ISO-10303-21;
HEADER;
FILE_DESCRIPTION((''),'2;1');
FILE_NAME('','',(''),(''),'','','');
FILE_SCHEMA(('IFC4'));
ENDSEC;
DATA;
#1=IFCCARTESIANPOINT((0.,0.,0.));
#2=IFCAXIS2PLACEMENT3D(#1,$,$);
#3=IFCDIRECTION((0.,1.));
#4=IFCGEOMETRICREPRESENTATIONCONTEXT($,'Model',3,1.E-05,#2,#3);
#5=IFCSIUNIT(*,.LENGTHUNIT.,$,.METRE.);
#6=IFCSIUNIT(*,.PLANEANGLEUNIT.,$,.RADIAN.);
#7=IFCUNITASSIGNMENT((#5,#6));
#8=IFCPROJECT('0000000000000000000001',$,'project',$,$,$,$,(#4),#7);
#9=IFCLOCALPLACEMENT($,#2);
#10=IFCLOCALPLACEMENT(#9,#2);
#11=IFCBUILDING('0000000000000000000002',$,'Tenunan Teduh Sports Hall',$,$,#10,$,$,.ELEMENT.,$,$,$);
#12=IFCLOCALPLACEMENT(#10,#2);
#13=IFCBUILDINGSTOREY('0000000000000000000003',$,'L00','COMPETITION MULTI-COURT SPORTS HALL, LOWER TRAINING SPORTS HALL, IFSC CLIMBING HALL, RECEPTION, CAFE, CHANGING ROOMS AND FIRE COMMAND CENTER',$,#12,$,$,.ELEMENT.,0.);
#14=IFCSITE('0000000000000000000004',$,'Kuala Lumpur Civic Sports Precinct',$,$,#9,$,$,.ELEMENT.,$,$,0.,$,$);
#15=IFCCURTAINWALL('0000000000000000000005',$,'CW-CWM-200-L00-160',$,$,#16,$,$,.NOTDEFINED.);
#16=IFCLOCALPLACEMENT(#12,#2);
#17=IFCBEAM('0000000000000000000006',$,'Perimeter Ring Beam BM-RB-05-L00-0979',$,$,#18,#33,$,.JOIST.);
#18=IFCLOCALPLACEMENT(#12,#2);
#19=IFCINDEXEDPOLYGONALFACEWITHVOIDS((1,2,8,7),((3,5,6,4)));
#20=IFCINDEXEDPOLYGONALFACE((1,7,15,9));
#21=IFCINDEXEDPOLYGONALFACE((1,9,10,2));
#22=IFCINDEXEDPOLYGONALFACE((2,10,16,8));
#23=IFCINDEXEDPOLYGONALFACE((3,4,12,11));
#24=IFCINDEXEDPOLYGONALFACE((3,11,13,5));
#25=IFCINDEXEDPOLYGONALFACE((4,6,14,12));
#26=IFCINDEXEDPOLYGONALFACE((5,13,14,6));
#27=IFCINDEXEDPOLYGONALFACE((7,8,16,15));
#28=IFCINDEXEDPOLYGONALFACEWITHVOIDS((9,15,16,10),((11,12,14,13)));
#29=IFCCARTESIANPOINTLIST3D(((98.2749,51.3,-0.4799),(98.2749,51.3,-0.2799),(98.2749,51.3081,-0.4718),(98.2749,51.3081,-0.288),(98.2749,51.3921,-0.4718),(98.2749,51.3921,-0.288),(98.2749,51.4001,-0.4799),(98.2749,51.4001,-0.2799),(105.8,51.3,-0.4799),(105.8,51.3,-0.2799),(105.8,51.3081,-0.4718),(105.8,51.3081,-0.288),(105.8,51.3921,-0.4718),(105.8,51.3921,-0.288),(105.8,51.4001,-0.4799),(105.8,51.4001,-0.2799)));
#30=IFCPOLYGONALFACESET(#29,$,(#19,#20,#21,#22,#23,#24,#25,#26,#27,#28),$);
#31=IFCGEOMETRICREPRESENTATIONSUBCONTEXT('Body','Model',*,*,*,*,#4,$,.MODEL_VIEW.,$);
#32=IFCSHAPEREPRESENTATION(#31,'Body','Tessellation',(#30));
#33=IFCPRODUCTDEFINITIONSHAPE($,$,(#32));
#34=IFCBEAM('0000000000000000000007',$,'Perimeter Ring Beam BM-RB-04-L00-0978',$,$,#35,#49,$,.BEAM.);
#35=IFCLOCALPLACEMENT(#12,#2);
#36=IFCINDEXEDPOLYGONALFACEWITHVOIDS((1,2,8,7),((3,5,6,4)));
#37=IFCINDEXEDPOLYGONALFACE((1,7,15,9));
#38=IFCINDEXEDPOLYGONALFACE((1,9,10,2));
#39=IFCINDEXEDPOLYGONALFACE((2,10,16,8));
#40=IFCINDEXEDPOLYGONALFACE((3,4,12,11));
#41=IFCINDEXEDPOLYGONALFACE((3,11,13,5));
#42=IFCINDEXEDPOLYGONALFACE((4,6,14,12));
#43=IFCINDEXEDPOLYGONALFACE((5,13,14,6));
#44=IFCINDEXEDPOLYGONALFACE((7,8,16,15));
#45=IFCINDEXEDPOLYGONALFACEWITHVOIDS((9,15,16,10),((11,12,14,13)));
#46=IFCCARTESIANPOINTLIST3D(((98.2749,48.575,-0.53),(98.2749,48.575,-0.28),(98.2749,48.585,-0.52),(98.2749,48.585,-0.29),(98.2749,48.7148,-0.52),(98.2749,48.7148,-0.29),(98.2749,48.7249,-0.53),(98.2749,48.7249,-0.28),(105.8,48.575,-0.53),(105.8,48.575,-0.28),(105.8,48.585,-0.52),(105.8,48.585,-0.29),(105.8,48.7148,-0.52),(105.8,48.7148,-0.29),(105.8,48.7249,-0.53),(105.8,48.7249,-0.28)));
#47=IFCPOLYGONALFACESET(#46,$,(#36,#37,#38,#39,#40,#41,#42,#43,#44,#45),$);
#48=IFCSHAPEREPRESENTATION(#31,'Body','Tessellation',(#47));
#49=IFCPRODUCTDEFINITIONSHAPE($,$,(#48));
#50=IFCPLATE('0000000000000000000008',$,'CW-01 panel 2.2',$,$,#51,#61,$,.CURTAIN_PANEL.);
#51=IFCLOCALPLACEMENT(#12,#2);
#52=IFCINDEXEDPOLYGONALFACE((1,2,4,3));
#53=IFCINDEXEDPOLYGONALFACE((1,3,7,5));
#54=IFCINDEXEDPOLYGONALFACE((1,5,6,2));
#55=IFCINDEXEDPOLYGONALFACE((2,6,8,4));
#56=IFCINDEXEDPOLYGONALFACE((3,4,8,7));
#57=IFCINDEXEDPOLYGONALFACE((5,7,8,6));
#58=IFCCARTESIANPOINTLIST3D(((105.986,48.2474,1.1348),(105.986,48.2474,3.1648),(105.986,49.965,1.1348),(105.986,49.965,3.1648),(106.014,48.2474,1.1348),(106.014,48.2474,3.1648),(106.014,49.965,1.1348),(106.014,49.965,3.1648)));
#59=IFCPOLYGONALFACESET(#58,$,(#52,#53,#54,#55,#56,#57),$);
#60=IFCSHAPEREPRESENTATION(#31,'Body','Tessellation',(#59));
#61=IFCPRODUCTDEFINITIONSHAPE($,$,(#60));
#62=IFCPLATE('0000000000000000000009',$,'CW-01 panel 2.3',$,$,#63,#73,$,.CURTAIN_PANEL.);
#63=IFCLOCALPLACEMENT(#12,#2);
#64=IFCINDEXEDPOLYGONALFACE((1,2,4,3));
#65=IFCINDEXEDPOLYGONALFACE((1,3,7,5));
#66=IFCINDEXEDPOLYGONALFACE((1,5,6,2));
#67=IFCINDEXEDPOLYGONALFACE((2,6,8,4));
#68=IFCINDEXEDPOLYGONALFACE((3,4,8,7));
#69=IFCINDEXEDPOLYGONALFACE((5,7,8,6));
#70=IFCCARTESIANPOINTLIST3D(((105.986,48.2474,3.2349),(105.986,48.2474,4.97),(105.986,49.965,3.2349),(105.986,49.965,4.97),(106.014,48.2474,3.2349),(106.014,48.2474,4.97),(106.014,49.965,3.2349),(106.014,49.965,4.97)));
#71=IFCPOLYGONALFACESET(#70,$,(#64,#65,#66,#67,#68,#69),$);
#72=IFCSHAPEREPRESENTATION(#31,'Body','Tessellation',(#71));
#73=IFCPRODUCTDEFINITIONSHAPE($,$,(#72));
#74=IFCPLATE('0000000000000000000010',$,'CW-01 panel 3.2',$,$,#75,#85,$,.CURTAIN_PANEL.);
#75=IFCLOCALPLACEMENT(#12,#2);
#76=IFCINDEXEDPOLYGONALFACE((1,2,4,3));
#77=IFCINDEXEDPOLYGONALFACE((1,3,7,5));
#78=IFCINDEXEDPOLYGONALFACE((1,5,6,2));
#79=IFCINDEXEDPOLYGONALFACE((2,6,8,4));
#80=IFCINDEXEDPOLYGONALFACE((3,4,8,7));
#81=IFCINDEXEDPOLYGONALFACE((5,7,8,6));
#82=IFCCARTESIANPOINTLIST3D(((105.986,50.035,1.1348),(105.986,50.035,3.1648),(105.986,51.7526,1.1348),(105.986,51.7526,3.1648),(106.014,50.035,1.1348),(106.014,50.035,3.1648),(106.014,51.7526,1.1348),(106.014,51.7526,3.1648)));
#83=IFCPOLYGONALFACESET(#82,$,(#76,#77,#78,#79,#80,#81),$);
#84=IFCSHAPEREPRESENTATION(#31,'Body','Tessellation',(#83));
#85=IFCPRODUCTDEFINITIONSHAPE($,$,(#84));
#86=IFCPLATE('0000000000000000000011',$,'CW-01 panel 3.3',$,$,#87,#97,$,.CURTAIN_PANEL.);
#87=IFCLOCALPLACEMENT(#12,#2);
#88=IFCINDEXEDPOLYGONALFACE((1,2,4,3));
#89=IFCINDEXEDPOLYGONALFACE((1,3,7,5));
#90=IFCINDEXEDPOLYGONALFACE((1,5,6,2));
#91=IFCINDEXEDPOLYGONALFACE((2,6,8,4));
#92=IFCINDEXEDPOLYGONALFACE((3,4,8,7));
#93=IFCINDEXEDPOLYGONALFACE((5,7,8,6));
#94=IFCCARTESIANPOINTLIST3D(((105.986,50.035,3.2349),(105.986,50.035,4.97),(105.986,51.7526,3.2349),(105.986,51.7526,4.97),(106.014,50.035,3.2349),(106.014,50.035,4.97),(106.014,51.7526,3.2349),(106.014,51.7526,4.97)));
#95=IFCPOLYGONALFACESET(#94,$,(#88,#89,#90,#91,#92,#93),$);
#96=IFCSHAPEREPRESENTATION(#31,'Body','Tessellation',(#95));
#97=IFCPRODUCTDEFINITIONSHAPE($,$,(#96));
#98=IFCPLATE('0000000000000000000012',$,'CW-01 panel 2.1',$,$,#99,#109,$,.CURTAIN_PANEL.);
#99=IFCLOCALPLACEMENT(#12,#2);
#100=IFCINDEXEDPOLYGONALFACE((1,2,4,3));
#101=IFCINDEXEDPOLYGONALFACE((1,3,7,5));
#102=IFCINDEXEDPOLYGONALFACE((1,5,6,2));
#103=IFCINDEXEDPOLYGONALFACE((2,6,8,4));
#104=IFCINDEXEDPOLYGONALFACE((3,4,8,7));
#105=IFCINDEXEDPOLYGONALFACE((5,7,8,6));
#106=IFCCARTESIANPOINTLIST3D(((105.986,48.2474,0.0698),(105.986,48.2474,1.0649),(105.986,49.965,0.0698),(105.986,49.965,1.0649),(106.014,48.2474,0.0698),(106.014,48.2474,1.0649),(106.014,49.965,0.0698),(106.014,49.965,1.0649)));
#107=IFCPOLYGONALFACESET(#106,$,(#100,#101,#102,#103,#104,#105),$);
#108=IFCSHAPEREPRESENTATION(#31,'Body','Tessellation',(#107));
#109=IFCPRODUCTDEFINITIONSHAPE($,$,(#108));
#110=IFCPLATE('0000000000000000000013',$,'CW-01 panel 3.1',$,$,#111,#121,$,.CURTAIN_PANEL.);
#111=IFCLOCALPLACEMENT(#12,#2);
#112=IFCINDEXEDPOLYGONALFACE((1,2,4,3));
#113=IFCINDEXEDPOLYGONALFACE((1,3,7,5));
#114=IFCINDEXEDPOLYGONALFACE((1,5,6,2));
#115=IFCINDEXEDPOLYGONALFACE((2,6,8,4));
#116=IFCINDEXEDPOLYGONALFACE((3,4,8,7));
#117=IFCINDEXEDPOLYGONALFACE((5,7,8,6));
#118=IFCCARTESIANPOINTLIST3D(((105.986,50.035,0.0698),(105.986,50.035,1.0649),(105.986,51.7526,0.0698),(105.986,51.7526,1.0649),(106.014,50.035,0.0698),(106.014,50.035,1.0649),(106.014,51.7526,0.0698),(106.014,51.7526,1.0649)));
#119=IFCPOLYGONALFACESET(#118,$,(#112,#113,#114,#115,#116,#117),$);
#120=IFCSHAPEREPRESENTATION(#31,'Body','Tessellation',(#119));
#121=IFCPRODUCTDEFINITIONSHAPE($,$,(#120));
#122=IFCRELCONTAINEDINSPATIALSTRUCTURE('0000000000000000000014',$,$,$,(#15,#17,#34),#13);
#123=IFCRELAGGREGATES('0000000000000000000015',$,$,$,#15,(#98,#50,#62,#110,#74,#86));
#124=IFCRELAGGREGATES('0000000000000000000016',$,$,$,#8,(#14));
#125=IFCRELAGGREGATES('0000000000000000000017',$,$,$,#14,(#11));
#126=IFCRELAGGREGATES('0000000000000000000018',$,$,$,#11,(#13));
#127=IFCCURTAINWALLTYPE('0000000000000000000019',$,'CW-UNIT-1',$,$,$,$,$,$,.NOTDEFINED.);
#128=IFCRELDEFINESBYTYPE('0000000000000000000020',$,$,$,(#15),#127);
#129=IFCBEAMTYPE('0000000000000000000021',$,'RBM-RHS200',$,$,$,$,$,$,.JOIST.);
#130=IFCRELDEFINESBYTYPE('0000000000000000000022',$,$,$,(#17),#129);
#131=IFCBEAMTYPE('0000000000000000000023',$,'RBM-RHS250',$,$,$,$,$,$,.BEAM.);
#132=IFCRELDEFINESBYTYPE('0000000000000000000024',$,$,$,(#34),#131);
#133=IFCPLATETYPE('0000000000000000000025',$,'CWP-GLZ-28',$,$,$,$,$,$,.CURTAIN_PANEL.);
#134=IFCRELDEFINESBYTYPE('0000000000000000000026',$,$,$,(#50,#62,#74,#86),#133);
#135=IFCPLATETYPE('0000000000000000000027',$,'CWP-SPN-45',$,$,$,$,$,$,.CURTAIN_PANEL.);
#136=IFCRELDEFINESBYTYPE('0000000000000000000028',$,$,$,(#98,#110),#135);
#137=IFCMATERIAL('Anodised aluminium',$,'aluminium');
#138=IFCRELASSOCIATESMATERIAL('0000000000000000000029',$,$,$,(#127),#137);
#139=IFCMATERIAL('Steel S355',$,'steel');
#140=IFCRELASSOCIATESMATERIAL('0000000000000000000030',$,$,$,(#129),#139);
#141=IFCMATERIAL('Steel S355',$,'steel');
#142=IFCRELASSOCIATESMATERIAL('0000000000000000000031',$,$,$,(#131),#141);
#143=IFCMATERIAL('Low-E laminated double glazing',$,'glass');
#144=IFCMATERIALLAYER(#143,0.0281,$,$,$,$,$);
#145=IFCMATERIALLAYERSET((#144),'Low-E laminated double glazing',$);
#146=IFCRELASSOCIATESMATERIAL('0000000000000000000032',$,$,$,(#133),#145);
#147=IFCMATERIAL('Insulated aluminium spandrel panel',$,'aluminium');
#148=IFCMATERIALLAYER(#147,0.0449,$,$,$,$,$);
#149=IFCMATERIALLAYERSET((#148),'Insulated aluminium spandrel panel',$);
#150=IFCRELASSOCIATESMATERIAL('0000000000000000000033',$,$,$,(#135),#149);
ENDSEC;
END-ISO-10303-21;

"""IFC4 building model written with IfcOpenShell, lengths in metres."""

from ifc_helpers import new_model, si_unit, direction, frame, origin, origin_2d, place, context, subcontext, project, spatial, rectangle, hollow_rectangle, extrude, material, layer, layer_set, material_profile, profile_set, type_object, element, aggregate, save


model = new_model("IFC4")

# Units and contexts
model_context = context("Model", 3, precision=1e-05, world=origin(), true_north=direction((0.0, 1.0)))
body_context = subcontext(model_context, "Body", "Model", "MODEL_VIEW")
ifc_project = project(units=[si_unit("LENGTHUNIT", "METRE"), si_unit("PLANEANGLEUNIT", "RADIAN")], contexts=[model_context])

# Site, building, storey
site_placement = place(None, origin())
site = spatial("IfcSite", under=ifc_project, at=site_placement, Name="Kuala Lumpur Civic Sports Precinct", CompositionType="ELEMENT", RefElevation=0.0)
building_placement = place(site_placement, origin())
building = spatial("IfcBuilding", under=site, at=building_placement, Name="Tenunan Teduh Sports Hall", CompositionType="ELEMENT")
storey_placement = place(building_placement, origin())
storey = spatial("IfcBuildingStorey", under=building, at=storey_placement, Name="L00", Description="COMPETITION MULTI-COURT SPORTS HALL, LOWER TRAINING SPORTS HALL, IFSC CLIMBING HALL, RECEPTION, CAFE, CHANGING ROOMS AND FIRE COMMAND CENTER", CompositionType="ELEMENT", Elevation=0.0)

# Curtain wall
ifc_material_1 = material(Name="Anodised aluminium", Category="aluminium")
curtain_wall_type = type_object("IfcCurtainWallType", Name="CW-UNIT-1", PredefinedType="NOTDEFINED", material=ifc_material_1)
curtain_wall_placement = place(storey_placement, origin())
curtain_wall = element("IfcCurtainWall", 1, at=curtain_wall_placement, inside=storey, type_object=curtain_wall_type, Name="CW-CWM-200-L00-160", PredefinedType="NOTDEFINED")

# Beams
ifc_material_2 = material(Name="Steel S355", Category="steel")
ifc_material_profile_1 = material_profile(ifc_material_2, hollow_rectangle(XDim=0.1001, YDim=0.2, WallThickness=0.0081, at=origin_2d()), Name="RHS 200x100x8.0")
ifc_profile_set_1 = profile_set([ifc_material_profile_1], Name="Steel S355")
beam_type_1 = type_object("IfcBeamType", Name="RBM-RHS200", PredefinedType="JOIST", material=ifc_profile_set_1)
beam_1_placement = place(storey_placement, frame((98.2749, 51.3501, -0.3799), z_axis=(1.0, 0.0, 0.0), x_axis=(0.0, 1.0, 0.0)))
element("IfcBeam", 2, at=beam_1_placement, inside=storey, type_object=beam_type_1, Name="Perimeter Ring Beam BM-RB-05-L00-0979", PredefinedType="JOIST", context=body_context, shape_type="SweptSolid", body=[
    extrude(hollow_rectangle(XDim=0.1001, YDim=0.2, WallThickness=0.0081, at=origin_2d()), origin(), (0.0, 0.0, 1.0), 7.5251),
])
ifc_material_3 = material(Name="Steel S355", Category="steel")
ifc_material_profile_2 = material_profile(ifc_material_3, hollow_rectangle(XDim=0.1499, YDim=0.25, WallThickness=0.01, at=origin_2d()), Name="RHS 250x150x10.0")
ifc_profile_set_2 = profile_set([ifc_material_profile_2], Name="Steel S355")
beam_type_2 = type_object("IfcBeamType", Name="RBM-RHS250", PredefinedType="BEAM", material=ifc_profile_set_2)
beam_2_placement = place(storey_placement, frame((98.2749, 48.6499, -0.405), z_axis=(1.0, 0.0, 0.0), x_axis=(0.0, 1.0, 0.0)))
element("IfcBeam", 3, at=beam_2_placement, inside=storey, type_object=beam_type_2, Name="Perimeter Ring Beam BM-RB-04-L00-0978", PredefinedType="BEAM", context=body_context, shape_type="SweptSolid", body=[
    extrude(hollow_rectangle(XDim=0.1499, YDim=0.25, WallThickness=0.01, at=origin_2d()), origin(), (0.0, 0.0, 1.0), 7.5251),
])

# Plates
ifc_material_4 = material(Name="Low-E laminated double glazing", Category="glass")
ifc_layer_1 = layer(ifc_material_4, 0.0281)
ifc_layer_set_1 = layer_set([ifc_layer_1], Name="Low-E laminated double glazing")
plate_type_1 = type_object("IfcPlateType", Name="CWP-GLZ-28", PredefinedType="CURTAIN_PANEL", material=ifc_layer_set_1)
plate_1_placement = place(storey_placement, frame((106.0, 49.1062, 1.1348), z_axis=(0.0, 0.0, 1.0), x_axis=(0.0, 1.0, 0.0)))
plate_1 = element("IfcPlate", 4, at=plate_1_placement, type_object=plate_type_1, Name="CW-01 panel 2.2", PredefinedType="CURTAIN_PANEL", context=body_context, shape_type="SweptSolid", body=[
    extrude(rectangle(XDim=1.7175, YDim=0.0281, at=origin_2d()), origin(), (0.0, 0.0, 1.0), 2.03),
])
plate_2_placement = place(storey_placement, frame((106.0, 49.1062, 3.2349), z_axis=(0.0, 0.0, 1.0), x_axis=(0.0, 1.0, 0.0)))
plate_2 = element("IfcPlate", 5, at=plate_2_placement, type_object=plate_type_1, Name="CW-01 panel 2.3", PredefinedType="CURTAIN_PANEL", context=body_context, shape_type="SweptSolid", body=[
    extrude(rectangle(XDim=1.7175, YDim=0.0281, at=origin_2d()), origin(), (0.0, 0.0, 1.0), 1.7351),
])
plate_3_placement = place(storey_placement, frame((106.0, 50.8938, 1.1348), z_axis=(0.0, 0.0, 1.0), x_axis=(0.0, 1.0, 0.0)))
plate_3 = element("IfcPlate", 6, at=plate_3_placement, type_object=plate_type_1, Name="CW-01 panel 3.2", PredefinedType="CURTAIN_PANEL", context=body_context, shape_type="SweptSolid", body=[
    extrude(rectangle(XDim=1.7175, YDim=0.0281, at=origin_2d()), origin(), (0.0, 0.0, 1.0), 2.03),
])
plate_4_placement = place(storey_placement, frame((106.0, 50.8938, 3.2349), z_axis=(0.0, 0.0, 1.0), x_axis=(0.0, 1.0, 0.0)))
plate_4 = element("IfcPlate", 7, at=plate_4_placement, type_object=plate_type_1, Name="CW-01 panel 3.3", PredefinedType="CURTAIN_PANEL", context=body_context, shape_type="SweptSolid", body=[
    extrude(rectangle(XDim=1.7175, YDim=0.0281, at=origin_2d()), origin(), (0.0, 0.0, 1.0), 1.7351),
])
ifc_material_5 = material(Name="Insulated aluminium spandrel panel", Category="aluminium")
ifc_layer_2 = layer(ifc_material_5, 0.0449)
ifc_layer_set_2 = layer_set([ifc_layer_2], Name="Insulated aluminium spandrel panel")
plate_type_2 = type_object("IfcPlateType", Name="CWP-SPN-45", PredefinedType="CURTAIN_PANEL", material=ifc_layer_set_2)
plate_5_placement = place(storey_placement, frame((106.0, 49.1062, 0.0698), z_axis=(0.0, 0.0, 1.0), x_axis=(0.0, 1.0, 0.0)))
plate_5 = element("IfcPlate", 8, at=plate_5_placement, type_object=plate_type_2, Name="CW-01 panel 2.1", PredefinedType="CURTAIN_PANEL", context=body_context, shape_type="SweptSolid", body=[
    extrude(rectangle(XDim=1.7175, YDim=0.0281, at=origin_2d()), origin(), (0.0, 0.0, 1.0), 0.9951),
])
plate_6_placement = place(storey_placement, frame((106.0, 50.8938, 0.0698), z_axis=(0.0, 0.0, 1.0), x_axis=(0.0, 1.0, 0.0)))
plate_6 = element("IfcPlate", 9, at=plate_6_placement, type_object=plate_type_2, Name="CW-01 panel 3.1", PredefinedType="CURTAIN_PANEL", context=body_context, shape_type="SweptSolid", body=[
    extrude(rectangle(XDim=1.7175, YDim=0.0281, at=origin_2d()), origin(), (0.0, 0.0, 1.0), 0.9951),
])
aggregate(curtain_wall, [plate_5, plate_1, plate_2, plate_6, plate_3, plate_4])

save(model, "model.ifc")
